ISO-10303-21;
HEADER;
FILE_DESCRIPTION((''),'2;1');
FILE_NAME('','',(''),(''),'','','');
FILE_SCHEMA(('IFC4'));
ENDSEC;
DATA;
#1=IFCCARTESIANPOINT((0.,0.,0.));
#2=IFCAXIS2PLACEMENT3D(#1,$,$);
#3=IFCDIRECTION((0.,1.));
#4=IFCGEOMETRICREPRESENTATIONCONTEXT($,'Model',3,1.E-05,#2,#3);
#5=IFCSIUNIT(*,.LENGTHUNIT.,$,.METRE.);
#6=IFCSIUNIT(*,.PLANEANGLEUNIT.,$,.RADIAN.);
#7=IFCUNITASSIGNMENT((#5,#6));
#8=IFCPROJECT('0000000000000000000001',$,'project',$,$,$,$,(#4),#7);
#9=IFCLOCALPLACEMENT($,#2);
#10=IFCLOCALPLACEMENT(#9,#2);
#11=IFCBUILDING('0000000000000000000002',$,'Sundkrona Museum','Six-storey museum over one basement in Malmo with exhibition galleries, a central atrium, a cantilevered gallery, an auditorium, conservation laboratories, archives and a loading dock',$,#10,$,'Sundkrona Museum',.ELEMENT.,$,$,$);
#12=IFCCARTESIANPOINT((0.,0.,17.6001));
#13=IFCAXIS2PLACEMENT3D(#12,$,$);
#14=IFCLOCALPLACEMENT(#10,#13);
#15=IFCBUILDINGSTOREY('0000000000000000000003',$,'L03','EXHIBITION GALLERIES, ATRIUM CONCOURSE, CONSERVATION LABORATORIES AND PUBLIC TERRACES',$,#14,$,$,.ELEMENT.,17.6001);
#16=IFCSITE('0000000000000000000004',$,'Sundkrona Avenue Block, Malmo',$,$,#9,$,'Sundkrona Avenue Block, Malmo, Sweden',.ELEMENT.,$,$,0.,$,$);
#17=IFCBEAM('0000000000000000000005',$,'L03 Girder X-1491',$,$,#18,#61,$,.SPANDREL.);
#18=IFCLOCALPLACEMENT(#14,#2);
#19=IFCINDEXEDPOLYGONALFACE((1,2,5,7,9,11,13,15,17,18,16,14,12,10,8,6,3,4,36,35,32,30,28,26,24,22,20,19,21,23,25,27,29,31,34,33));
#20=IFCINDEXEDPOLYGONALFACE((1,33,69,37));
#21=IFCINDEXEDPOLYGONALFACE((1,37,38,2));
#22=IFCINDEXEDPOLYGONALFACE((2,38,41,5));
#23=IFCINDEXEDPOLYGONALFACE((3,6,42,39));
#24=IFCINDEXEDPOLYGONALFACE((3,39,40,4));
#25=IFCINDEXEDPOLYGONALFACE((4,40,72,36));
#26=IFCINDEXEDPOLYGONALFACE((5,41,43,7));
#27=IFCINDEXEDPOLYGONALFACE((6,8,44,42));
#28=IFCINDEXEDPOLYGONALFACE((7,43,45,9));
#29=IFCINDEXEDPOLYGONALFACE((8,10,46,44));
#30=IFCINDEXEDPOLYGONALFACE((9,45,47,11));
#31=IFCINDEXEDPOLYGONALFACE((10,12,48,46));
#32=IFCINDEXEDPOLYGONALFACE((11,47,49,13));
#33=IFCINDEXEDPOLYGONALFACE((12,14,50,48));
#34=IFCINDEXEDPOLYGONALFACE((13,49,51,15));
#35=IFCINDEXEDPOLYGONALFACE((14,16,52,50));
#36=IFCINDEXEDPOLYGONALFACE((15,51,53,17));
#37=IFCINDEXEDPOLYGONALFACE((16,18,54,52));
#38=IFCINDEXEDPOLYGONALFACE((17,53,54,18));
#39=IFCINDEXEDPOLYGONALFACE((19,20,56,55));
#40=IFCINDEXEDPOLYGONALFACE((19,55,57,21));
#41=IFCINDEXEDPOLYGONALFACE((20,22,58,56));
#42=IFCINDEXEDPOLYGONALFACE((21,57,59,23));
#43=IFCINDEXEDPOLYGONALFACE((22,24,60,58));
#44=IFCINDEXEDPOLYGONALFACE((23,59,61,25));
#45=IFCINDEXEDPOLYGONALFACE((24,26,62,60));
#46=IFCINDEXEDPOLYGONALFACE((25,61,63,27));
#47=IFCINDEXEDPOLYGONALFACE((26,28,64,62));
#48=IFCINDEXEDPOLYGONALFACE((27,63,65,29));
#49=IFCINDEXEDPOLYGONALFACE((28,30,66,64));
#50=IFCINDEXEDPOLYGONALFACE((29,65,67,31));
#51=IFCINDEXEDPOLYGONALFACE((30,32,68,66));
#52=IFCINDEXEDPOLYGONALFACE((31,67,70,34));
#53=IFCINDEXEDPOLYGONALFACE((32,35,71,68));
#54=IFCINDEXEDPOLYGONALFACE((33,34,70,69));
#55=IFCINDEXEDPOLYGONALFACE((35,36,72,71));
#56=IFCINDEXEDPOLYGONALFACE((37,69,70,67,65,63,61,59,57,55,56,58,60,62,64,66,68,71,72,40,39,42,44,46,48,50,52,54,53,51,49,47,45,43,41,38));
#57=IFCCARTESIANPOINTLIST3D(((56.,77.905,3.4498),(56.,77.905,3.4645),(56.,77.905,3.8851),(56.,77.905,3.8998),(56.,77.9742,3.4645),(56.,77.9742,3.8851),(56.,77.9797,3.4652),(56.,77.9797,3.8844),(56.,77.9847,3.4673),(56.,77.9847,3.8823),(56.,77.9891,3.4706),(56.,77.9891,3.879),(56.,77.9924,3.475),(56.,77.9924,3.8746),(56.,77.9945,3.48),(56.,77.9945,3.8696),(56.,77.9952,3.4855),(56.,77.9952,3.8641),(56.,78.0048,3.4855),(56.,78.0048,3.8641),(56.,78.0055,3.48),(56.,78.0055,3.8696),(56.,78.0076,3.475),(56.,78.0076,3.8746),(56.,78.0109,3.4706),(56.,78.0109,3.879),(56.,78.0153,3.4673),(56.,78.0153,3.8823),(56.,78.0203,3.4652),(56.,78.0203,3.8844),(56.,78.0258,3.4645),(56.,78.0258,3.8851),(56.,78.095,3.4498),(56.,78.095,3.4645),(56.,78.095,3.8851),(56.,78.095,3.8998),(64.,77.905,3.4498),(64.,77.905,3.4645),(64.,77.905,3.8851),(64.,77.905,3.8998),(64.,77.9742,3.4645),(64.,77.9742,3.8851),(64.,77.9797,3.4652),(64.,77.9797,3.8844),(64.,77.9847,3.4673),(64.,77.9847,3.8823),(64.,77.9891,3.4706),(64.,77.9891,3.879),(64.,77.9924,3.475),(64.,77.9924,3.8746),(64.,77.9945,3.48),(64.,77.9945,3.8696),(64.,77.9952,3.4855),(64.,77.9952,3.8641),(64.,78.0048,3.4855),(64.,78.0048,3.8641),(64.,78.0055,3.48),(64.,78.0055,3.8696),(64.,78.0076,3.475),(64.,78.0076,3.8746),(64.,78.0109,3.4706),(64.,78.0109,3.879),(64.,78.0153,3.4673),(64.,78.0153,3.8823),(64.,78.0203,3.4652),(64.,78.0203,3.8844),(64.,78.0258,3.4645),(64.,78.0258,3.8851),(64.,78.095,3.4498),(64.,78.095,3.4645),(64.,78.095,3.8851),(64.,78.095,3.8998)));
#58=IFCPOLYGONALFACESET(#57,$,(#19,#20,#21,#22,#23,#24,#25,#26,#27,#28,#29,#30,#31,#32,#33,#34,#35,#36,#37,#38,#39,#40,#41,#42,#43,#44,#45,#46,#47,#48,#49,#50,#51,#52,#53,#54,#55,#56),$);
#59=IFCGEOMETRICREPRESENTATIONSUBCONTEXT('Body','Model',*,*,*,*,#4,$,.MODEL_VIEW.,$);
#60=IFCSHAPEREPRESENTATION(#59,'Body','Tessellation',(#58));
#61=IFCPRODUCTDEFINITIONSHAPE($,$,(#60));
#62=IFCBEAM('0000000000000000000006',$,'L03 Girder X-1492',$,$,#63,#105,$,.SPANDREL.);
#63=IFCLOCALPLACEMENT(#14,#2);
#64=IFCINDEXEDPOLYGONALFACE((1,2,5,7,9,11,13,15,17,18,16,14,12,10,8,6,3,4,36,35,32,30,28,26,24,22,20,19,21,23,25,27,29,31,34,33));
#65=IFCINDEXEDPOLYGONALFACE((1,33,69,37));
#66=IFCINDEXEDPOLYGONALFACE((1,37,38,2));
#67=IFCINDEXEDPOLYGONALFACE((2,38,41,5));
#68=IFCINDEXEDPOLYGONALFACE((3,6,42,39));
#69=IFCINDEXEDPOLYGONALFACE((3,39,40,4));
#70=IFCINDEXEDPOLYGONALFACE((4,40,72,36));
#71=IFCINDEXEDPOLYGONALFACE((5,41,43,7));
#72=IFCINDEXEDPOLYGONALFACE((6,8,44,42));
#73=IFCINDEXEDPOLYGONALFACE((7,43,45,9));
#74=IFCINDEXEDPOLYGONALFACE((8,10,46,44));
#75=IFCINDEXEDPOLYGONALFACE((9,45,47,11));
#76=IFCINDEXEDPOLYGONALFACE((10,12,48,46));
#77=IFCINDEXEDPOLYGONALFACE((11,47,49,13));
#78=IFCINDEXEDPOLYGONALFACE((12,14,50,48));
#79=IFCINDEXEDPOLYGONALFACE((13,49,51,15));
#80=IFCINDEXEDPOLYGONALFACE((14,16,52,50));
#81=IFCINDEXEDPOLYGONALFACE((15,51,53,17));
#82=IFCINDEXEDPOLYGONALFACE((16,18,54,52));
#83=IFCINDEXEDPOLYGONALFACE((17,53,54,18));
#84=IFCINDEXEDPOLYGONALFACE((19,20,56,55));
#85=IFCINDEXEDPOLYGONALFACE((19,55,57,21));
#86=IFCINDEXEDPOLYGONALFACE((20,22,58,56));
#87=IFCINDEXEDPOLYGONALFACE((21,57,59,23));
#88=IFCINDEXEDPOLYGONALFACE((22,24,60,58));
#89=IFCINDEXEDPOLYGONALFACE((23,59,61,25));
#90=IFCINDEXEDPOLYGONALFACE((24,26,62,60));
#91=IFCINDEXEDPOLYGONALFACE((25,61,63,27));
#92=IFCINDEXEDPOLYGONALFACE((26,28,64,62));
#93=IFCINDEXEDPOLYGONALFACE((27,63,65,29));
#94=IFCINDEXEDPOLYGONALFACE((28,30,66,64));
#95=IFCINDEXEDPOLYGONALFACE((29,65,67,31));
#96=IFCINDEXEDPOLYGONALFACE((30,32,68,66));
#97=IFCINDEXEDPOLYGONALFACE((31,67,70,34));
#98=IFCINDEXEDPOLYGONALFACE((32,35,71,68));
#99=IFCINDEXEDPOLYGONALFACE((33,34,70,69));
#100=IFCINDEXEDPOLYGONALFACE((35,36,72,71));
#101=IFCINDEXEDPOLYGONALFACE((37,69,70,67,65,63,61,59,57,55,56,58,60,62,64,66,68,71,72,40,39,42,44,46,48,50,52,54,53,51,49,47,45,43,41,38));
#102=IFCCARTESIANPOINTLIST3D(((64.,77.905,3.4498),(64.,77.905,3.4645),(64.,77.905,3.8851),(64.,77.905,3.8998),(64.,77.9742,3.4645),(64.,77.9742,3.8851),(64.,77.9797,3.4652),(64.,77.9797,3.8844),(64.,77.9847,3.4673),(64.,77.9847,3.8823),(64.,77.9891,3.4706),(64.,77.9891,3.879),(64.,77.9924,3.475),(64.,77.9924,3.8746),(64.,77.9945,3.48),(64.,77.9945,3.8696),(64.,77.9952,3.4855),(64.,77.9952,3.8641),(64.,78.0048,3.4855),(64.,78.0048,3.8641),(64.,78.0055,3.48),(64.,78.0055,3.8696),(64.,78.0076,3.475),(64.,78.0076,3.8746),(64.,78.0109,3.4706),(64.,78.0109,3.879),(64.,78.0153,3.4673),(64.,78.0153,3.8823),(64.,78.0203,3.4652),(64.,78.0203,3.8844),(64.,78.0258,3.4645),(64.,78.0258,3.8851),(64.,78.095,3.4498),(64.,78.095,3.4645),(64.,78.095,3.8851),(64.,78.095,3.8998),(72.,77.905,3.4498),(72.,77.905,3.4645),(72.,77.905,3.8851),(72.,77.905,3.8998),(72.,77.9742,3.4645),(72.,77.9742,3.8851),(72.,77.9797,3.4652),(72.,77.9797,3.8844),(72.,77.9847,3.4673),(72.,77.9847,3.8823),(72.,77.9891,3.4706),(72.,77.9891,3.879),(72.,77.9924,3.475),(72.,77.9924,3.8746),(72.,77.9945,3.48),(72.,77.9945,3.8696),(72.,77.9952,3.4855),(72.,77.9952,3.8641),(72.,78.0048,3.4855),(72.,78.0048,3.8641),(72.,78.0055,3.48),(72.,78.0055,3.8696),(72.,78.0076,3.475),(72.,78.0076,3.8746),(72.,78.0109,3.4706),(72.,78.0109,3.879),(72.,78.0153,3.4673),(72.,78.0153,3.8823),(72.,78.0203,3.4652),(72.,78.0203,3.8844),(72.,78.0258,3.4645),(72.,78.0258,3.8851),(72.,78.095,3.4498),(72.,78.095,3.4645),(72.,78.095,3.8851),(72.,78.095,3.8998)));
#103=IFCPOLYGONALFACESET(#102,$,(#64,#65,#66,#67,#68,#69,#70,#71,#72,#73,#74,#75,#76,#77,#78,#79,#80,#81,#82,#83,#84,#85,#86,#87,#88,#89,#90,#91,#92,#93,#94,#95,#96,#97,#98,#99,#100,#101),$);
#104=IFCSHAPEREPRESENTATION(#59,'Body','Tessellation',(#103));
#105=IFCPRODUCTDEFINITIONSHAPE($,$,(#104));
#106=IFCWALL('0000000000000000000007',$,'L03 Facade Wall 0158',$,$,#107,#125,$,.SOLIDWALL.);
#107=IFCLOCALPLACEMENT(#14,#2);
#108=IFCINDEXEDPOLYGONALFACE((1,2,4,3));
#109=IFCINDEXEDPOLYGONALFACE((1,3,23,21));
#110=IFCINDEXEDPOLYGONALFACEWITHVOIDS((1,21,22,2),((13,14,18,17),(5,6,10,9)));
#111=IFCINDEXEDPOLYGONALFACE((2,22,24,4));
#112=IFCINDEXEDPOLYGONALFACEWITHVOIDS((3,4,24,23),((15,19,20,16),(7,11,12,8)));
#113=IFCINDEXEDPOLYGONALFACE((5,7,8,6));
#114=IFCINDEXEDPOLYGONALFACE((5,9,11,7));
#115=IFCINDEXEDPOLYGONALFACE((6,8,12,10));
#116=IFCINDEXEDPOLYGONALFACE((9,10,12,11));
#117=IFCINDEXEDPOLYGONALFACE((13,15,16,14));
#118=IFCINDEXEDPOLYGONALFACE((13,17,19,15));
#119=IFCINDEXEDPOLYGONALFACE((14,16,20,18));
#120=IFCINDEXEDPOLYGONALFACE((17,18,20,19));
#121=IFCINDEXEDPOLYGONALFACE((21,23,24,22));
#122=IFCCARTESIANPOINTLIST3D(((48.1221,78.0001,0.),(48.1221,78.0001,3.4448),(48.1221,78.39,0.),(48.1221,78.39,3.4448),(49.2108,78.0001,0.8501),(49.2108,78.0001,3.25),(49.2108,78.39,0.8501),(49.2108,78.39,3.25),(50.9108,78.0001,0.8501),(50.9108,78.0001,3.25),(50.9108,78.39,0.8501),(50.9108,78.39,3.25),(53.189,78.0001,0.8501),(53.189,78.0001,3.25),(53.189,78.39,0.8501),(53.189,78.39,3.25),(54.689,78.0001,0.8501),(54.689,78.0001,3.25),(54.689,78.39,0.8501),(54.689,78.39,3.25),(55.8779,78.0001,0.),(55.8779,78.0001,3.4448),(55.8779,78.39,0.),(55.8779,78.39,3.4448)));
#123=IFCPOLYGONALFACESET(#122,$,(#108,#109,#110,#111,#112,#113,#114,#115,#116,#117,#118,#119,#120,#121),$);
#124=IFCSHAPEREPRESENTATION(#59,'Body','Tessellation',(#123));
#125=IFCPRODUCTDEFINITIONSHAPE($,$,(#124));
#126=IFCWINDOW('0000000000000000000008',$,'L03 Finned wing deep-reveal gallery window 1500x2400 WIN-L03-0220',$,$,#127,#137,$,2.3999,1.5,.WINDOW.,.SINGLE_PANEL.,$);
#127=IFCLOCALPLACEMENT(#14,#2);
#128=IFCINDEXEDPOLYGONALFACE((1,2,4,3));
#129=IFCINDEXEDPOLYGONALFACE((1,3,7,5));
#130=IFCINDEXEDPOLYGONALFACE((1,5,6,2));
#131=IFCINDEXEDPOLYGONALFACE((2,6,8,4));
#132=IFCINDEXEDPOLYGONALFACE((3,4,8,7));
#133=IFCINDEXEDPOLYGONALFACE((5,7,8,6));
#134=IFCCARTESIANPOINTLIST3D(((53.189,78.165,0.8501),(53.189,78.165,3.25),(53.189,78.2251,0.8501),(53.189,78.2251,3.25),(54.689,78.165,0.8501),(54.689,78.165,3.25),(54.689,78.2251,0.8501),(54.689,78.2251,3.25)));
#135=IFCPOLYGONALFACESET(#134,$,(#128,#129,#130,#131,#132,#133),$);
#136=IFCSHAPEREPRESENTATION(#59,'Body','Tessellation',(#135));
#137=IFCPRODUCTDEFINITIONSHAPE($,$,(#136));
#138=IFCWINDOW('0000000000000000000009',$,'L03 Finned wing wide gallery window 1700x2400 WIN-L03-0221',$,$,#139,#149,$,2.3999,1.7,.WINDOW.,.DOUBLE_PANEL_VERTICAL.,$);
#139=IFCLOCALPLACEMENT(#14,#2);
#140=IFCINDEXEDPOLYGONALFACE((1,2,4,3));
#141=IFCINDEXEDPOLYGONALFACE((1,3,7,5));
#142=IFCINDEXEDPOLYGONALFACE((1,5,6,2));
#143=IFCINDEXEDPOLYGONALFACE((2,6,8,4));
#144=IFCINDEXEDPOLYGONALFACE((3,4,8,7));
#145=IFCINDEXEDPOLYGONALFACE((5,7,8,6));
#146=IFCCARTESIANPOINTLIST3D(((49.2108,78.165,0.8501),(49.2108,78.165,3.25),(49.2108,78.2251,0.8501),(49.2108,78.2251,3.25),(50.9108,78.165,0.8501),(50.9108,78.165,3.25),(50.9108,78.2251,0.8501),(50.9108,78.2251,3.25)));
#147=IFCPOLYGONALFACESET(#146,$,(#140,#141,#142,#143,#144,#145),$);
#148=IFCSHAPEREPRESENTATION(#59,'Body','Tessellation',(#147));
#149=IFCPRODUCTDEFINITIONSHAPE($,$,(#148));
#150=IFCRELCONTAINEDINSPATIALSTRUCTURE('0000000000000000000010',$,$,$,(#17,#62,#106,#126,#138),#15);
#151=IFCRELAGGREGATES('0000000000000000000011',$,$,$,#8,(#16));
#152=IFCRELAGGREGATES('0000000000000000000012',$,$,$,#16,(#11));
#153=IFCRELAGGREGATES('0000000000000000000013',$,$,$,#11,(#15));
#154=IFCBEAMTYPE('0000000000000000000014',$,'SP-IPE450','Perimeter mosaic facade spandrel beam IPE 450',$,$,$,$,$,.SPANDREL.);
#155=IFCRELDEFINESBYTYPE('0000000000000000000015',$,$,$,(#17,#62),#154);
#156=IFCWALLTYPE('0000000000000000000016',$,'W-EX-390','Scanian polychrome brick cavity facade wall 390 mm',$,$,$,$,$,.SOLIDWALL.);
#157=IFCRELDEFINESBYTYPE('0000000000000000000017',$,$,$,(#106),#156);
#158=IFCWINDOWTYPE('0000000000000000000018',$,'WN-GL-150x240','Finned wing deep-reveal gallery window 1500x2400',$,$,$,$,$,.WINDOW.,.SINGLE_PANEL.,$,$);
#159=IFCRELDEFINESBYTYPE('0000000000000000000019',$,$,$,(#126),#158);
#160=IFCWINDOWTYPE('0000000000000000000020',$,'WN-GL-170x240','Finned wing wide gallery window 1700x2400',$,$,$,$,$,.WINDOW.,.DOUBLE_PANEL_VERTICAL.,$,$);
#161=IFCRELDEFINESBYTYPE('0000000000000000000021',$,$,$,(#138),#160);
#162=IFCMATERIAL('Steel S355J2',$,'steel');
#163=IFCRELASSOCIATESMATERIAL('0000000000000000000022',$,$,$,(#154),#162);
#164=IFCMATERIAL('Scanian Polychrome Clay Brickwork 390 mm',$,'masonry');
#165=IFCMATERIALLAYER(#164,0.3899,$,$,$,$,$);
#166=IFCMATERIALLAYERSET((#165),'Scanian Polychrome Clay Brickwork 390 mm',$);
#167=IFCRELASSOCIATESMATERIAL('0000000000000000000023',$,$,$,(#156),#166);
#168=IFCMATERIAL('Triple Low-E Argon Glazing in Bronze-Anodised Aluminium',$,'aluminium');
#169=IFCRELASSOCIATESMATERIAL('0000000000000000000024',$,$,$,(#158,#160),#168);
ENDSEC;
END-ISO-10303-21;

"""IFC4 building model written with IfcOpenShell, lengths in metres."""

from ifc_helpers import new_model, si_unit, direction, frame, frame_2d, origin, origin_2d, place, context, subcontext, project, spatial, rectangle, i_section, extrude, material, layer, layer_set, material_profile, profile_set, type_object, element, fill, save


model = new_model("IFC4")

# Units and contexts
model_context = context("Model", 3, precision=1e-05, world=origin(), true_north=direction((0.0, 1.0)))
body_context = subcontext(model_context, "Body", "Model", "MODEL_VIEW")
ifc_project = project(units=[si_unit("LENGTHUNIT", "METRE"), si_unit("PLANEANGLEUNIT", "RADIAN")], contexts=[model_context])

# Site, building, storey
site_placement = place(None, origin())
site = spatial("IfcSite", under=ifc_project, at=site_placement, Name="Sundkrona Avenue Block, Malmo", LongName="Sundkrona Avenue Block, Malmo, Sweden", CompositionType="ELEMENT", RefElevation=0.0)
building_placement = place(site_placement, origin())
building = spatial("IfcBuilding", under=site, at=building_placement, Name="Sundkrona Museum", Description="Six-storey museum over one basement in Malmo with exhibition galleries, a central atrium, a cantilevered gallery, an auditorium, conservation laboratories, archives and a loading dock", LongName="Sundkrona Museum", CompositionType="ELEMENT")
storey_placement = place(building_placement, frame((0.0, 0.0, 17.6001)))
storey = spatial("IfcBuildingStorey", under=building, at=storey_placement, Name="L03", Description="EXHIBITION GALLERIES, ATRIUM CONCOURSE, CONSERVATION LABORATORIES AND PUBLIC TERRACES", CompositionType="ELEMENT", Elevation=17.6001)

# Shared definitions
ifc_material_1 = material(Name="Steel S355J2", Category="steel")

# Beams
ifc_material_profile_1 = material_profile(ifc_material_1, i_section(OverallWidth=0.1899, OverallDepth=0.45, WebThickness=0.0095, FlangeThickness=0.0146, FilletRadius=0.021, at=origin_2d()), Name="IPE 450")
ifc_profile_set_1 = profile_set([ifc_material_profile_1], Name="Steel S355J2")
beam_type_1 = type_object("IfcBeamType", Name="SP-IPE450", Description="Perimeter mosaic facade spandrel beam IPE 450", PredefinedType="SPANDREL", material=ifc_profile_set_1)
for number, where, z_axis, x_axis, name in (
    (1, (56.0, 78.0, 3.6748), (1.0, 0.0, 0.0), (0.0, 1.0, 0.0), "L03 Girder X-1491"),
    (2, (64.0, 78.0, 3.6748), (1.0, 0.0, 0.0), (0.0, 1.0, 0.0), "L03 Girder X-1492"),
):
    element("IfcBeam", number, at=place(storey_placement, frame(where, z_axis=z_axis, x_axis=x_axis)), inside=storey, type_object=beam_type_1, Name=name, PredefinedType="SPANDREL", context=body_context, shape_type="SweptSolid", body=[
        extrude(i_section(OverallWidth=0.1899, OverallDepth=0.45, WebThickness=0.0095, FlangeThickness=0.0146, FilletRadius=0.021, at=origin_2d()), origin(), (0.0, 0.0, 1.0), 8.0),
    ])

# Wall, openings, windows
ifc_material_2 = material(Name="Scanian Polychrome Clay Brickwork 390 mm", Category="masonry")
ifc_layer_1 = layer(ifc_material_2, 0.3899)
ifc_layer_set_1 = layer_set([ifc_layer_1], Name="Scanian Polychrome Clay Brickwork 390 mm")
wall_type_1 = type_object("IfcWallType", Name="W-EX-390", Description="Scanian polychrome brick cavity facade wall 390 mm", PredefinedType="SOLIDWALL", material=ifc_layer_set_1)
wall_1_placement = place(storey_placement, frame((55.8779, 78.1951, 0.0), z_axis=(0.0, 0.0, 1.0), x_axis=(-1.0, 0.0, 0.0)))
wall_1 = element("IfcWall", 3, at=wall_1_placement, inside=storey, type_object=wall_type_1, Name="L03 Facade Wall 0158", PredefinedType="SOLIDWALL", context=body_context, shape_type="SweptSolid", body=[
    extrude(rectangle(XDim=7.7559, YDim=0.3899, at=frame_2d((3.8779, 0.0))), origin(), (0.0, 0.0, 1.0), 3.4448),
])
opening_1_placement = place(wall_1_placement, frame((1.189, 0.0, 0.8501)))
opening_1 = element("IfcOpeningElement", 4, at=opening_1_placement, cuts=wall_1, PredefinedType="OPENING", context=body_context, shape_type="SweptSolid", body=[
    extrude(rectangle(XDim=1.5, YDim=2.3999, at=frame_2d((0.75, 1.2))), frame((0.0, 0.2048, 0.0), z_axis=(0.0, -1.0, 0.0), x_axis=(1.0, 0.0, 0.0)), (0.0, 0.0, 1.0), 0.4099),
])
opening_2_placement = place(wall_1_placement, frame((4.967, 0.0, 0.8501)))
opening_2 = element("IfcOpeningElement", 5, at=opening_2_placement, cuts=wall_1, PredefinedType="OPENING", context=body_context, shape_type="SweptSolid", body=[
    extrude(rectangle(XDim=1.7, YDim=2.3999, at=frame_2d((0.8501, 1.2))), frame((0.0, 0.2048, 0.0), z_axis=(0.0, -1.0, 0.0), x_axis=(1.0, 0.0, 0.0)), (0.0, 0.0, 1.0), 0.4099),
])
ifc_material_3 = material(Name="Triple Low-E Argon Glazing in Bronze-Anodised Aluminium", Category="aluminium")
window_type_1 = type_object("IfcWindowType", Name="WN-GL-150x240", Description="Finned wing deep-reveal gallery window 1500x2400", PartitioningType="SINGLE_PANEL", PredefinedType="WINDOW", material=ifc_material_3)
window_1_placement = place(opening_1_placement, origin())
window_1 = element("IfcWindow", 6, at=window_1_placement, inside=storey, type_object=window_type_1, Name="L03 Finned wing deep-reveal gallery window 1500x2400 WIN-L03-0220", OverallHeight=2.3999, OverallWidth=1.5, PartitioningType="SINGLE_PANEL", PredefinedType="WINDOW", context=body_context, shape_type="SweptSolid", body=[
    extrude(rectangle(XDim=1.5, YDim=2.3999, at=frame_2d((0.75, 1.2))), frame((0.0, 0.03, 0.0), z_axis=(0.0, -1.0, 0.0), x_axis=(1.0, 0.0, 0.0)), (0.0, 0.0, 1.0), 0.0601),
])
fill(opening_1, window_1)
window_type_2 = type_object("IfcWindowType", Name="WN-GL-170x240", Description="Finned wing wide gallery window 1700x2400", PartitioningType="DOUBLE_PANEL_VERTICAL", PredefinedType="WINDOW", material=ifc_material_3)
window_2_placement = place(opening_2_placement, origin())
window_2 = element("IfcWindow", 7, at=window_2_placement, inside=storey, type_object=window_type_2, Name="L03 Finned wing wide gallery window 1700x2400 WIN-L03-0221", OverallHeight=2.3999, OverallWidth=1.7, PartitioningType="DOUBLE_PANEL_VERTICAL", PredefinedType="WINDOW", context=body_context, shape_type="SweptSolid", body=[
    extrude(rectangle(XDim=1.7, YDim=2.3999, at=frame_2d((0.8501, 1.2))), frame((0.0, 0.03, 0.0), z_axis=(0.0, -1.0, 0.0), x_axis=(1.0, 0.0, 0.0)), (0.0, 0.0, 1.0), 0.0601),
])
fill(opening_2, window_2)

save(model, "model.ifc")
